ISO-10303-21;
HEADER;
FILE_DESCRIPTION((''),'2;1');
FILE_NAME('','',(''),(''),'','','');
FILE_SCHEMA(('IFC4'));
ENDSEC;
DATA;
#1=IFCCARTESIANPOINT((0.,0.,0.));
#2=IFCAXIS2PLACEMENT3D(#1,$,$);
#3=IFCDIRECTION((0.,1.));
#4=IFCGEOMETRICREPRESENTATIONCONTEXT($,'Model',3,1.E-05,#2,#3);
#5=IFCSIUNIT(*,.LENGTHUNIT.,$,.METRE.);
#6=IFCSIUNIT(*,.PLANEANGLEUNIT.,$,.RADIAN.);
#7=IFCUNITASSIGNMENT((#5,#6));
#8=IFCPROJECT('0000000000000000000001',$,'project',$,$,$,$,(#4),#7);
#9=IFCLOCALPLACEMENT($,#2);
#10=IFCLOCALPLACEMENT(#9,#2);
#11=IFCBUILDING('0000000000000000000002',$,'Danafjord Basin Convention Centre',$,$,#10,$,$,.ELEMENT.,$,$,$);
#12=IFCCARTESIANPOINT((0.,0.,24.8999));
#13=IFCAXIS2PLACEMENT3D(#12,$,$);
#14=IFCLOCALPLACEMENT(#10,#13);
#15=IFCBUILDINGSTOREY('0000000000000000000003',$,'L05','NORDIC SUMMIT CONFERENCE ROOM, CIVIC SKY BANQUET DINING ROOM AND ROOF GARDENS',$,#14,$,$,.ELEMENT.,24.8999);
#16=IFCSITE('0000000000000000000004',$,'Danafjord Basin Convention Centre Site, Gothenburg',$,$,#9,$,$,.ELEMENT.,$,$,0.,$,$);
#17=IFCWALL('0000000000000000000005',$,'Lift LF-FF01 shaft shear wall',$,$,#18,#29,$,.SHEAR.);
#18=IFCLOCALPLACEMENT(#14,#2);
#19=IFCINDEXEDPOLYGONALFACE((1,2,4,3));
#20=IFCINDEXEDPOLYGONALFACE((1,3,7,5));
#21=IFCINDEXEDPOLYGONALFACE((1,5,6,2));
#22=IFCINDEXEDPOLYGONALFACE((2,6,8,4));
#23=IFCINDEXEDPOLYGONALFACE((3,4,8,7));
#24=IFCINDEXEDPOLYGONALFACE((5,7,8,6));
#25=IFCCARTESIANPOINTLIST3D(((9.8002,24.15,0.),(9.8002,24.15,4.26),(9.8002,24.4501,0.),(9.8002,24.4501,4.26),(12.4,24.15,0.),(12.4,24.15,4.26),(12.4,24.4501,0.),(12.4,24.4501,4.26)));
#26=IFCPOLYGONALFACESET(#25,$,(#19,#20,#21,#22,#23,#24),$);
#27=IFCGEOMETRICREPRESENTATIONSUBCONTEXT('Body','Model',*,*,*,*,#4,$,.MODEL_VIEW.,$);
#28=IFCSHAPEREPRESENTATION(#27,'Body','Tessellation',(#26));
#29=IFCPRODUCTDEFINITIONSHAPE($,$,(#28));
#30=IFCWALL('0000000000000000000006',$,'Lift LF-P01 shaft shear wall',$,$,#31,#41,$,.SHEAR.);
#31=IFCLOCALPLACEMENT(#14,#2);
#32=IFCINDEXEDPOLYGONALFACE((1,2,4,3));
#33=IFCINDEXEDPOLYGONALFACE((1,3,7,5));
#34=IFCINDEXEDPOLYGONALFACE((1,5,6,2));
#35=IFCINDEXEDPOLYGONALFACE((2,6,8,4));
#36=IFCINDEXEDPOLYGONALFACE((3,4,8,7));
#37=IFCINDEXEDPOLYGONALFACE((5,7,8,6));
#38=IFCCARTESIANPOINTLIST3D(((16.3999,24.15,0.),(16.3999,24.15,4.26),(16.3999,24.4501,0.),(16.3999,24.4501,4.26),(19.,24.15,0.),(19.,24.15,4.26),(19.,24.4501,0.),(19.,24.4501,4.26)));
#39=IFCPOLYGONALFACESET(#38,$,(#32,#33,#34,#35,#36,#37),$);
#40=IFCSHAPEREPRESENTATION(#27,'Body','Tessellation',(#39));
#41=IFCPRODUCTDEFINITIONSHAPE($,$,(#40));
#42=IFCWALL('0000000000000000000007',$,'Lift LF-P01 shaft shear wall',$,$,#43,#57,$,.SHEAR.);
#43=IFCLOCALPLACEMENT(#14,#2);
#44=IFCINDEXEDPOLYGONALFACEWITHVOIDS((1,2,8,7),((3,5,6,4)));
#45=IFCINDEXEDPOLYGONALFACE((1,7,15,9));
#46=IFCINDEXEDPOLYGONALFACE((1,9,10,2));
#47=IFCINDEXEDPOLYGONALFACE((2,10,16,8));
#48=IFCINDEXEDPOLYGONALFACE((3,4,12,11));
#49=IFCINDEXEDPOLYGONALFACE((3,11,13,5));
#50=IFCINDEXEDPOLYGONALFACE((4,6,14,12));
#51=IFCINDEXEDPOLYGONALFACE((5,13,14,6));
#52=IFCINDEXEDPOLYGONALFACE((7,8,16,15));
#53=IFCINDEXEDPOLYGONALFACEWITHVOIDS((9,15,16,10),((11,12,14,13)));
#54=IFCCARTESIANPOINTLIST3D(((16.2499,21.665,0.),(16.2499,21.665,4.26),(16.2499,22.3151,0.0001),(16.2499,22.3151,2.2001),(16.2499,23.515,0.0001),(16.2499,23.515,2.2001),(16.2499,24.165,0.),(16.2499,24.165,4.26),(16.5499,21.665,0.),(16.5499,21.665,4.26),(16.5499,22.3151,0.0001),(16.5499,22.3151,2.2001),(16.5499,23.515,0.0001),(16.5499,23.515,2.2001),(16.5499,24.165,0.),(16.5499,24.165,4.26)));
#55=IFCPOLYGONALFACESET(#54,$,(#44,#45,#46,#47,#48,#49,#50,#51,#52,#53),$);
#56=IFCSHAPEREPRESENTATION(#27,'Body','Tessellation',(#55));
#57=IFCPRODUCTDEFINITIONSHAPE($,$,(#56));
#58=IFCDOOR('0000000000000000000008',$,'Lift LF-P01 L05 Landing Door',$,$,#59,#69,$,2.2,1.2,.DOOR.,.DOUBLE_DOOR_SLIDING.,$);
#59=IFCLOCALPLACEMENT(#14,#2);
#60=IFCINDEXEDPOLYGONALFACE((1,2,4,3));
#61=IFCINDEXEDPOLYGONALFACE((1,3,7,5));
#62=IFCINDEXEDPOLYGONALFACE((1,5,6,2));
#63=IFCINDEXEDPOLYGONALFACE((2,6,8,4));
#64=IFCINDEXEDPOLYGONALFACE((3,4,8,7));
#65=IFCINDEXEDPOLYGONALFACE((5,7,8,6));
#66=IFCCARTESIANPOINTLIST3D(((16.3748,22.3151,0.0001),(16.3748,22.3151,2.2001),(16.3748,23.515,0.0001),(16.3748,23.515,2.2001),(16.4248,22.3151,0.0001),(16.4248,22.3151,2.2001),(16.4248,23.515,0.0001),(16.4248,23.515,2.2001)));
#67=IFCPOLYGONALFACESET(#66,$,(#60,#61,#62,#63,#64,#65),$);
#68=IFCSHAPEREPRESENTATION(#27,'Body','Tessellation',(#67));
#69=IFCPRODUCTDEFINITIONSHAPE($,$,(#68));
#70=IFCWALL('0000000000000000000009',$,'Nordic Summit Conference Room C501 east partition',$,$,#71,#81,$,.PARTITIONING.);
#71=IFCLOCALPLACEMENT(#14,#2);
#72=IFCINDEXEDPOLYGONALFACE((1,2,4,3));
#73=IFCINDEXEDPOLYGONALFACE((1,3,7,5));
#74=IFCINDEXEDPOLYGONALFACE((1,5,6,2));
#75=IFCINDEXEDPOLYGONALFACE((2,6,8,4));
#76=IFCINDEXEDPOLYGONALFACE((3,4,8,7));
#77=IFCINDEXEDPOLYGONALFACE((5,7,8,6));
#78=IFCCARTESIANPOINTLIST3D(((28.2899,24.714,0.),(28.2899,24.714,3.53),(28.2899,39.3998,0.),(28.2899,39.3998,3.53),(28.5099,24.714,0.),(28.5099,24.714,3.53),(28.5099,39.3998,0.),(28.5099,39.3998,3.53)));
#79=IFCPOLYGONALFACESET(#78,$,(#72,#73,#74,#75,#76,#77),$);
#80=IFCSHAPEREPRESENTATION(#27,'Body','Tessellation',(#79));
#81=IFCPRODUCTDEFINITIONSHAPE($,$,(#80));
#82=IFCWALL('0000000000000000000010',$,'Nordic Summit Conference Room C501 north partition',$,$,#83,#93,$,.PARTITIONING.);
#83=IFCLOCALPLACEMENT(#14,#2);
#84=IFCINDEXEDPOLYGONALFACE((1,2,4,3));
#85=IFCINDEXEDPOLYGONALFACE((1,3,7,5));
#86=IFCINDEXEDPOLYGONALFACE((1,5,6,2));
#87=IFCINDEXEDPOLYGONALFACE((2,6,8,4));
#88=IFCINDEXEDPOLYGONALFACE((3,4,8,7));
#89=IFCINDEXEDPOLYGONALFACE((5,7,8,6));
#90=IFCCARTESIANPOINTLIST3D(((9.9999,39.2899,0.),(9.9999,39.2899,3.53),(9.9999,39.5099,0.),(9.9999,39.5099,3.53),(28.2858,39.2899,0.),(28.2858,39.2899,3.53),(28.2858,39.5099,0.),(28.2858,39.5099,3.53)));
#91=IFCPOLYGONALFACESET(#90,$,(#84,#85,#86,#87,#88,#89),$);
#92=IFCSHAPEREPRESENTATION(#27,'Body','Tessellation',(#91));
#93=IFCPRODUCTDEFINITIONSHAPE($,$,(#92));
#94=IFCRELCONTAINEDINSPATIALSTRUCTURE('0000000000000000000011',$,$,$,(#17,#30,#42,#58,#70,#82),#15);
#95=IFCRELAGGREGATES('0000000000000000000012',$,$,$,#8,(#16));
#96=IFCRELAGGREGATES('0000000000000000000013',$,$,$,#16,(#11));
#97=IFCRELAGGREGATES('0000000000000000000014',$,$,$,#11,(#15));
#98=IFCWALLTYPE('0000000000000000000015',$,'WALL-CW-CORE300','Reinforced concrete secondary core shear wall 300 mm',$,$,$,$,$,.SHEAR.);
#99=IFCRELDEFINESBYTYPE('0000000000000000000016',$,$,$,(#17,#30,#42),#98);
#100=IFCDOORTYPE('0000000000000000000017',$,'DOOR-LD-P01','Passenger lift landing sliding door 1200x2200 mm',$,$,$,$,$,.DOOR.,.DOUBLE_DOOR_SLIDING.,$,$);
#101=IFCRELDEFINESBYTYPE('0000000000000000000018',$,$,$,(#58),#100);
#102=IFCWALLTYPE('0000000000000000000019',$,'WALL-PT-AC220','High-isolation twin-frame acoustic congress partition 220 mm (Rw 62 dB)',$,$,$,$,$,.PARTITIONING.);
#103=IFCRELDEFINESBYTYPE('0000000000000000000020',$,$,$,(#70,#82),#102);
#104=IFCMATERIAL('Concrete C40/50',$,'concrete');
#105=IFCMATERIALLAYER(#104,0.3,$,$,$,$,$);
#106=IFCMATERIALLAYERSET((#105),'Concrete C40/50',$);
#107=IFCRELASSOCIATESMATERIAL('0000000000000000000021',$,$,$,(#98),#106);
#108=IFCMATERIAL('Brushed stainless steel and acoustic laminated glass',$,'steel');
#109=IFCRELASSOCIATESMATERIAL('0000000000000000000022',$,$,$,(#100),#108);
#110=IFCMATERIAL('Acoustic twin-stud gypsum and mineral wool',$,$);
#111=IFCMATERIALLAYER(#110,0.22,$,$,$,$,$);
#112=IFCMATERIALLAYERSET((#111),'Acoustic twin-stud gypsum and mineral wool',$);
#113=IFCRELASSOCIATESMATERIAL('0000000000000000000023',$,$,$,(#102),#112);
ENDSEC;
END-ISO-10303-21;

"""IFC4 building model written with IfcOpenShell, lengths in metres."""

from ifc_helpers import new_model, si_unit, direction, frame, frame_2d, origin, place, context, subcontext, project, spatial, rectangle, extrude, material, layer, layer_set, type_object, element, fill, save


model = new_model("IFC4")

# Units and contexts
model_context = context("Model", 3, precision=1e-05, world=origin(), true_north=direction((0.0, 1.0)))
body_context = subcontext(model_context, "Body", "Model", "MODEL_VIEW")
ifc_project = project(units=[si_unit("LENGTHUNIT", "METRE"), si_unit("PLANEANGLEUNIT", "RADIAN")], contexts=[model_context])

# Site, building, storey
site_placement = place(None, origin())
site = spatial("IfcSite", under=ifc_project, at=site_placement, Name="Danafjord Basin Convention Centre Site, Gothenburg", CompositionType="ELEMENT", RefElevation=0.0)
building_placement = place(site_placement, origin())
building = spatial("IfcBuilding", under=site, at=building_placement, Name="Danafjord Basin Convention Centre", CompositionType="ELEMENT")
storey_placement = place(building_placement, frame((0.0, 0.0, 24.8999)))
storey = spatial("IfcBuildingStorey", under=building, at=storey_placement, Name="L05", Description="NORDIC SUMMIT CONFERENCE ROOM, CIVIC SKY BANQUET DINING ROOM AND ROOF GARDENS", CompositionType="ELEMENT", Elevation=24.8999)

# Walls
ifc_material_1 = material(Name="Concrete C40/50", Category="concrete")
ifc_layer_1 = layer(ifc_material_1, 0.3)
ifc_layer_set_1 = layer_set([ifc_layer_1], Name="Concrete C40/50")
wall_type_1 = type_object("IfcWallType", Name="WALL-CW-CORE300", Description="Reinforced concrete secondary core shear wall 300 mm", PredefinedType="SHEAR", material=ifc_layer_set_1)
wall_1_placement = place(storey_placement, frame((12.3999, 24.3, 0.0), z_axis=(0.0, 0.0, 1.0), x_axis=(-1.0, 0.0, 0.0)))
element("IfcWall", 1, at=wall_1_placement, inside=storey, type_object=wall_type_1, Name="Lift LF-FF01 shaft shear wall", PredefinedType="SHEAR", context=body_context, shape_type="SweptSolid", body=[
    extrude(rectangle(XDim=2.5999, YDim=0.3, at=frame_2d((1.2998, 0.0))), origin(), (0.0, 0.0, 1.0), 4.26),
])
wall_2_placement = place(storey_placement, frame((19.0, 24.3, 0.0), z_axis=(0.0, 0.0, 1.0), x_axis=(-1.0, 0.0, 0.0)))
element("IfcWall", 2, at=wall_2_placement, inside=storey, type_object=wall_type_1, Name="Lift LF-P01 shaft shear wall", PredefinedType="SHEAR", context=body_context, shape_type="SweptSolid", body=[
    extrude(rectangle(XDim=2.6001, YDim=0.3, at=frame_2d((1.3, 0.0))), origin(), (0.0, 0.0, 1.0), 4.26),
])

# Wall, opening, door
wall_3_placement = place(storey_placement, frame((16.3999, 24.165, 0.0), z_axis=(0.0, 0.0, 1.0), x_axis=(0.0, -1.0, 0.0)))
wall_3 = element("IfcWall", 3, at=wall_3_placement, inside=storey, type_object=wall_type_1, Name="Lift LF-P01 shaft shear wall", PredefinedType="SHEAR", context=body_context, shape_type="SweptSolid", body=[
    extrude(rectangle(XDim=2.5, YDim=0.3, at=frame_2d((1.25, 0.0))), origin(), (0.0, 0.0, 1.0), 4.26),
])
opening_placement = place(wall_3_placement, frame((0.6499, 0.0, 0.0)))
opening = element("IfcOpeningElement", 4, at=opening_placement, cuts=wall_3, PredefinedType="OPENING", context=body_context, shape_type="SweptSolid", body=[
    extrude(rectangle(XDim=1.2, YDim=2.2, at=frame_2d((0.6001, 1.1001))), frame((0.0, 0.1599, 0.0), z_axis=(0.0, -1.0, 0.0), x_axis=(1.0, 0.0, 0.0)), (0.0, 0.0, 1.0), 0.3201),
])
ifc_material_2 = material(Name="Brushed stainless steel and acoustic laminated glass", Category="steel")
door_type = type_object("IfcDoorType", Name="DOOR-LD-P01", Description="Passenger lift landing sliding door 1200x2200 mm", OperationType="DOUBLE_DOOR_SLIDING", PredefinedType="DOOR", material=ifc_material_2)
door_placement = place(opening_placement, origin())
door = element("IfcDoor", 5, at=door_placement, inside=storey, type_object=door_type, Name="Lift LF-P01 L05 Landing Door", OperationType="DOUBLE_DOOR_SLIDING", OverallHeight=2.2, OverallWidth=1.2, PredefinedType="DOOR", context=body_context, shape_type="SweptSolid", body=[
    extrude(rectangle(XDim=1.2, YDim=2.2, at=frame_2d((0.6001, 1.1001))), frame((0.0, 0.0249, 0.0), z_axis=(0.0, -1.0, 0.0), x_axis=(1.0, 0.0, 0.0)), (0.0, 0.0, 1.0), 0.05),
])
fill(opening, door)

# Walls
ifc_material_3 = material(Name="Acoustic twin-stud gypsum and mineral wool")
ifc_layer_2 = layer(ifc_material_3, 0.22)
ifc_layer_set_2 = layer_set([ifc_layer_2], Name="Acoustic twin-stud gypsum and mineral wool")
wall_type_2 = type_object("IfcWallType", Name="WALL-PT-AC220", Description="High-isolation twin-frame acoustic congress partition 220 mm (Rw 62 dB)", PredefinedType="PARTITIONING", material=ifc_layer_set_2)
wall_4_placement = place(storey_placement, frame((28.3999, 24.7141, 0.0), z_axis=(0.0, 0.0, 1.0), x_axis=(0.0, 1.0, 0.0)))
element("IfcWall", 6, at=wall_4_placement, inside=storey, type_object=wall_type_2, Name="Nordic Summit Conference Room C501 east partition", PredefinedType="PARTITIONING", context=body_context, shape_type="SweptSolid", body=[
    extrude(rectangle(XDim=14.6858, YDim=0.22, at=frame_2d((7.3428, 0.0))), origin(), (0.0, 0.0, 1.0), 3.53),
])
wall_5_placement = place(storey_placement, frame((28.2859, 39.3999, 0.0), z_axis=(0.0, 0.0, 1.0), x_axis=(-1.0, 0.0, 0.0)))
element("IfcWall", 7, at=wall_5_placement, inside=storey, type_object=wall_type_2, Name="Nordic Summit Conference Room C501 north partition", PredefinedType="PARTITIONING", context=body_context, shape_type="SweptSolid", body=[
    extrude(rectangle(XDim=18.2859, YDim=0.22, at=frame_2d((9.1431, 0.0))), origin(), (0.0, 0.0, 1.0), 3.53),
])

save(model, "model.ifc")
